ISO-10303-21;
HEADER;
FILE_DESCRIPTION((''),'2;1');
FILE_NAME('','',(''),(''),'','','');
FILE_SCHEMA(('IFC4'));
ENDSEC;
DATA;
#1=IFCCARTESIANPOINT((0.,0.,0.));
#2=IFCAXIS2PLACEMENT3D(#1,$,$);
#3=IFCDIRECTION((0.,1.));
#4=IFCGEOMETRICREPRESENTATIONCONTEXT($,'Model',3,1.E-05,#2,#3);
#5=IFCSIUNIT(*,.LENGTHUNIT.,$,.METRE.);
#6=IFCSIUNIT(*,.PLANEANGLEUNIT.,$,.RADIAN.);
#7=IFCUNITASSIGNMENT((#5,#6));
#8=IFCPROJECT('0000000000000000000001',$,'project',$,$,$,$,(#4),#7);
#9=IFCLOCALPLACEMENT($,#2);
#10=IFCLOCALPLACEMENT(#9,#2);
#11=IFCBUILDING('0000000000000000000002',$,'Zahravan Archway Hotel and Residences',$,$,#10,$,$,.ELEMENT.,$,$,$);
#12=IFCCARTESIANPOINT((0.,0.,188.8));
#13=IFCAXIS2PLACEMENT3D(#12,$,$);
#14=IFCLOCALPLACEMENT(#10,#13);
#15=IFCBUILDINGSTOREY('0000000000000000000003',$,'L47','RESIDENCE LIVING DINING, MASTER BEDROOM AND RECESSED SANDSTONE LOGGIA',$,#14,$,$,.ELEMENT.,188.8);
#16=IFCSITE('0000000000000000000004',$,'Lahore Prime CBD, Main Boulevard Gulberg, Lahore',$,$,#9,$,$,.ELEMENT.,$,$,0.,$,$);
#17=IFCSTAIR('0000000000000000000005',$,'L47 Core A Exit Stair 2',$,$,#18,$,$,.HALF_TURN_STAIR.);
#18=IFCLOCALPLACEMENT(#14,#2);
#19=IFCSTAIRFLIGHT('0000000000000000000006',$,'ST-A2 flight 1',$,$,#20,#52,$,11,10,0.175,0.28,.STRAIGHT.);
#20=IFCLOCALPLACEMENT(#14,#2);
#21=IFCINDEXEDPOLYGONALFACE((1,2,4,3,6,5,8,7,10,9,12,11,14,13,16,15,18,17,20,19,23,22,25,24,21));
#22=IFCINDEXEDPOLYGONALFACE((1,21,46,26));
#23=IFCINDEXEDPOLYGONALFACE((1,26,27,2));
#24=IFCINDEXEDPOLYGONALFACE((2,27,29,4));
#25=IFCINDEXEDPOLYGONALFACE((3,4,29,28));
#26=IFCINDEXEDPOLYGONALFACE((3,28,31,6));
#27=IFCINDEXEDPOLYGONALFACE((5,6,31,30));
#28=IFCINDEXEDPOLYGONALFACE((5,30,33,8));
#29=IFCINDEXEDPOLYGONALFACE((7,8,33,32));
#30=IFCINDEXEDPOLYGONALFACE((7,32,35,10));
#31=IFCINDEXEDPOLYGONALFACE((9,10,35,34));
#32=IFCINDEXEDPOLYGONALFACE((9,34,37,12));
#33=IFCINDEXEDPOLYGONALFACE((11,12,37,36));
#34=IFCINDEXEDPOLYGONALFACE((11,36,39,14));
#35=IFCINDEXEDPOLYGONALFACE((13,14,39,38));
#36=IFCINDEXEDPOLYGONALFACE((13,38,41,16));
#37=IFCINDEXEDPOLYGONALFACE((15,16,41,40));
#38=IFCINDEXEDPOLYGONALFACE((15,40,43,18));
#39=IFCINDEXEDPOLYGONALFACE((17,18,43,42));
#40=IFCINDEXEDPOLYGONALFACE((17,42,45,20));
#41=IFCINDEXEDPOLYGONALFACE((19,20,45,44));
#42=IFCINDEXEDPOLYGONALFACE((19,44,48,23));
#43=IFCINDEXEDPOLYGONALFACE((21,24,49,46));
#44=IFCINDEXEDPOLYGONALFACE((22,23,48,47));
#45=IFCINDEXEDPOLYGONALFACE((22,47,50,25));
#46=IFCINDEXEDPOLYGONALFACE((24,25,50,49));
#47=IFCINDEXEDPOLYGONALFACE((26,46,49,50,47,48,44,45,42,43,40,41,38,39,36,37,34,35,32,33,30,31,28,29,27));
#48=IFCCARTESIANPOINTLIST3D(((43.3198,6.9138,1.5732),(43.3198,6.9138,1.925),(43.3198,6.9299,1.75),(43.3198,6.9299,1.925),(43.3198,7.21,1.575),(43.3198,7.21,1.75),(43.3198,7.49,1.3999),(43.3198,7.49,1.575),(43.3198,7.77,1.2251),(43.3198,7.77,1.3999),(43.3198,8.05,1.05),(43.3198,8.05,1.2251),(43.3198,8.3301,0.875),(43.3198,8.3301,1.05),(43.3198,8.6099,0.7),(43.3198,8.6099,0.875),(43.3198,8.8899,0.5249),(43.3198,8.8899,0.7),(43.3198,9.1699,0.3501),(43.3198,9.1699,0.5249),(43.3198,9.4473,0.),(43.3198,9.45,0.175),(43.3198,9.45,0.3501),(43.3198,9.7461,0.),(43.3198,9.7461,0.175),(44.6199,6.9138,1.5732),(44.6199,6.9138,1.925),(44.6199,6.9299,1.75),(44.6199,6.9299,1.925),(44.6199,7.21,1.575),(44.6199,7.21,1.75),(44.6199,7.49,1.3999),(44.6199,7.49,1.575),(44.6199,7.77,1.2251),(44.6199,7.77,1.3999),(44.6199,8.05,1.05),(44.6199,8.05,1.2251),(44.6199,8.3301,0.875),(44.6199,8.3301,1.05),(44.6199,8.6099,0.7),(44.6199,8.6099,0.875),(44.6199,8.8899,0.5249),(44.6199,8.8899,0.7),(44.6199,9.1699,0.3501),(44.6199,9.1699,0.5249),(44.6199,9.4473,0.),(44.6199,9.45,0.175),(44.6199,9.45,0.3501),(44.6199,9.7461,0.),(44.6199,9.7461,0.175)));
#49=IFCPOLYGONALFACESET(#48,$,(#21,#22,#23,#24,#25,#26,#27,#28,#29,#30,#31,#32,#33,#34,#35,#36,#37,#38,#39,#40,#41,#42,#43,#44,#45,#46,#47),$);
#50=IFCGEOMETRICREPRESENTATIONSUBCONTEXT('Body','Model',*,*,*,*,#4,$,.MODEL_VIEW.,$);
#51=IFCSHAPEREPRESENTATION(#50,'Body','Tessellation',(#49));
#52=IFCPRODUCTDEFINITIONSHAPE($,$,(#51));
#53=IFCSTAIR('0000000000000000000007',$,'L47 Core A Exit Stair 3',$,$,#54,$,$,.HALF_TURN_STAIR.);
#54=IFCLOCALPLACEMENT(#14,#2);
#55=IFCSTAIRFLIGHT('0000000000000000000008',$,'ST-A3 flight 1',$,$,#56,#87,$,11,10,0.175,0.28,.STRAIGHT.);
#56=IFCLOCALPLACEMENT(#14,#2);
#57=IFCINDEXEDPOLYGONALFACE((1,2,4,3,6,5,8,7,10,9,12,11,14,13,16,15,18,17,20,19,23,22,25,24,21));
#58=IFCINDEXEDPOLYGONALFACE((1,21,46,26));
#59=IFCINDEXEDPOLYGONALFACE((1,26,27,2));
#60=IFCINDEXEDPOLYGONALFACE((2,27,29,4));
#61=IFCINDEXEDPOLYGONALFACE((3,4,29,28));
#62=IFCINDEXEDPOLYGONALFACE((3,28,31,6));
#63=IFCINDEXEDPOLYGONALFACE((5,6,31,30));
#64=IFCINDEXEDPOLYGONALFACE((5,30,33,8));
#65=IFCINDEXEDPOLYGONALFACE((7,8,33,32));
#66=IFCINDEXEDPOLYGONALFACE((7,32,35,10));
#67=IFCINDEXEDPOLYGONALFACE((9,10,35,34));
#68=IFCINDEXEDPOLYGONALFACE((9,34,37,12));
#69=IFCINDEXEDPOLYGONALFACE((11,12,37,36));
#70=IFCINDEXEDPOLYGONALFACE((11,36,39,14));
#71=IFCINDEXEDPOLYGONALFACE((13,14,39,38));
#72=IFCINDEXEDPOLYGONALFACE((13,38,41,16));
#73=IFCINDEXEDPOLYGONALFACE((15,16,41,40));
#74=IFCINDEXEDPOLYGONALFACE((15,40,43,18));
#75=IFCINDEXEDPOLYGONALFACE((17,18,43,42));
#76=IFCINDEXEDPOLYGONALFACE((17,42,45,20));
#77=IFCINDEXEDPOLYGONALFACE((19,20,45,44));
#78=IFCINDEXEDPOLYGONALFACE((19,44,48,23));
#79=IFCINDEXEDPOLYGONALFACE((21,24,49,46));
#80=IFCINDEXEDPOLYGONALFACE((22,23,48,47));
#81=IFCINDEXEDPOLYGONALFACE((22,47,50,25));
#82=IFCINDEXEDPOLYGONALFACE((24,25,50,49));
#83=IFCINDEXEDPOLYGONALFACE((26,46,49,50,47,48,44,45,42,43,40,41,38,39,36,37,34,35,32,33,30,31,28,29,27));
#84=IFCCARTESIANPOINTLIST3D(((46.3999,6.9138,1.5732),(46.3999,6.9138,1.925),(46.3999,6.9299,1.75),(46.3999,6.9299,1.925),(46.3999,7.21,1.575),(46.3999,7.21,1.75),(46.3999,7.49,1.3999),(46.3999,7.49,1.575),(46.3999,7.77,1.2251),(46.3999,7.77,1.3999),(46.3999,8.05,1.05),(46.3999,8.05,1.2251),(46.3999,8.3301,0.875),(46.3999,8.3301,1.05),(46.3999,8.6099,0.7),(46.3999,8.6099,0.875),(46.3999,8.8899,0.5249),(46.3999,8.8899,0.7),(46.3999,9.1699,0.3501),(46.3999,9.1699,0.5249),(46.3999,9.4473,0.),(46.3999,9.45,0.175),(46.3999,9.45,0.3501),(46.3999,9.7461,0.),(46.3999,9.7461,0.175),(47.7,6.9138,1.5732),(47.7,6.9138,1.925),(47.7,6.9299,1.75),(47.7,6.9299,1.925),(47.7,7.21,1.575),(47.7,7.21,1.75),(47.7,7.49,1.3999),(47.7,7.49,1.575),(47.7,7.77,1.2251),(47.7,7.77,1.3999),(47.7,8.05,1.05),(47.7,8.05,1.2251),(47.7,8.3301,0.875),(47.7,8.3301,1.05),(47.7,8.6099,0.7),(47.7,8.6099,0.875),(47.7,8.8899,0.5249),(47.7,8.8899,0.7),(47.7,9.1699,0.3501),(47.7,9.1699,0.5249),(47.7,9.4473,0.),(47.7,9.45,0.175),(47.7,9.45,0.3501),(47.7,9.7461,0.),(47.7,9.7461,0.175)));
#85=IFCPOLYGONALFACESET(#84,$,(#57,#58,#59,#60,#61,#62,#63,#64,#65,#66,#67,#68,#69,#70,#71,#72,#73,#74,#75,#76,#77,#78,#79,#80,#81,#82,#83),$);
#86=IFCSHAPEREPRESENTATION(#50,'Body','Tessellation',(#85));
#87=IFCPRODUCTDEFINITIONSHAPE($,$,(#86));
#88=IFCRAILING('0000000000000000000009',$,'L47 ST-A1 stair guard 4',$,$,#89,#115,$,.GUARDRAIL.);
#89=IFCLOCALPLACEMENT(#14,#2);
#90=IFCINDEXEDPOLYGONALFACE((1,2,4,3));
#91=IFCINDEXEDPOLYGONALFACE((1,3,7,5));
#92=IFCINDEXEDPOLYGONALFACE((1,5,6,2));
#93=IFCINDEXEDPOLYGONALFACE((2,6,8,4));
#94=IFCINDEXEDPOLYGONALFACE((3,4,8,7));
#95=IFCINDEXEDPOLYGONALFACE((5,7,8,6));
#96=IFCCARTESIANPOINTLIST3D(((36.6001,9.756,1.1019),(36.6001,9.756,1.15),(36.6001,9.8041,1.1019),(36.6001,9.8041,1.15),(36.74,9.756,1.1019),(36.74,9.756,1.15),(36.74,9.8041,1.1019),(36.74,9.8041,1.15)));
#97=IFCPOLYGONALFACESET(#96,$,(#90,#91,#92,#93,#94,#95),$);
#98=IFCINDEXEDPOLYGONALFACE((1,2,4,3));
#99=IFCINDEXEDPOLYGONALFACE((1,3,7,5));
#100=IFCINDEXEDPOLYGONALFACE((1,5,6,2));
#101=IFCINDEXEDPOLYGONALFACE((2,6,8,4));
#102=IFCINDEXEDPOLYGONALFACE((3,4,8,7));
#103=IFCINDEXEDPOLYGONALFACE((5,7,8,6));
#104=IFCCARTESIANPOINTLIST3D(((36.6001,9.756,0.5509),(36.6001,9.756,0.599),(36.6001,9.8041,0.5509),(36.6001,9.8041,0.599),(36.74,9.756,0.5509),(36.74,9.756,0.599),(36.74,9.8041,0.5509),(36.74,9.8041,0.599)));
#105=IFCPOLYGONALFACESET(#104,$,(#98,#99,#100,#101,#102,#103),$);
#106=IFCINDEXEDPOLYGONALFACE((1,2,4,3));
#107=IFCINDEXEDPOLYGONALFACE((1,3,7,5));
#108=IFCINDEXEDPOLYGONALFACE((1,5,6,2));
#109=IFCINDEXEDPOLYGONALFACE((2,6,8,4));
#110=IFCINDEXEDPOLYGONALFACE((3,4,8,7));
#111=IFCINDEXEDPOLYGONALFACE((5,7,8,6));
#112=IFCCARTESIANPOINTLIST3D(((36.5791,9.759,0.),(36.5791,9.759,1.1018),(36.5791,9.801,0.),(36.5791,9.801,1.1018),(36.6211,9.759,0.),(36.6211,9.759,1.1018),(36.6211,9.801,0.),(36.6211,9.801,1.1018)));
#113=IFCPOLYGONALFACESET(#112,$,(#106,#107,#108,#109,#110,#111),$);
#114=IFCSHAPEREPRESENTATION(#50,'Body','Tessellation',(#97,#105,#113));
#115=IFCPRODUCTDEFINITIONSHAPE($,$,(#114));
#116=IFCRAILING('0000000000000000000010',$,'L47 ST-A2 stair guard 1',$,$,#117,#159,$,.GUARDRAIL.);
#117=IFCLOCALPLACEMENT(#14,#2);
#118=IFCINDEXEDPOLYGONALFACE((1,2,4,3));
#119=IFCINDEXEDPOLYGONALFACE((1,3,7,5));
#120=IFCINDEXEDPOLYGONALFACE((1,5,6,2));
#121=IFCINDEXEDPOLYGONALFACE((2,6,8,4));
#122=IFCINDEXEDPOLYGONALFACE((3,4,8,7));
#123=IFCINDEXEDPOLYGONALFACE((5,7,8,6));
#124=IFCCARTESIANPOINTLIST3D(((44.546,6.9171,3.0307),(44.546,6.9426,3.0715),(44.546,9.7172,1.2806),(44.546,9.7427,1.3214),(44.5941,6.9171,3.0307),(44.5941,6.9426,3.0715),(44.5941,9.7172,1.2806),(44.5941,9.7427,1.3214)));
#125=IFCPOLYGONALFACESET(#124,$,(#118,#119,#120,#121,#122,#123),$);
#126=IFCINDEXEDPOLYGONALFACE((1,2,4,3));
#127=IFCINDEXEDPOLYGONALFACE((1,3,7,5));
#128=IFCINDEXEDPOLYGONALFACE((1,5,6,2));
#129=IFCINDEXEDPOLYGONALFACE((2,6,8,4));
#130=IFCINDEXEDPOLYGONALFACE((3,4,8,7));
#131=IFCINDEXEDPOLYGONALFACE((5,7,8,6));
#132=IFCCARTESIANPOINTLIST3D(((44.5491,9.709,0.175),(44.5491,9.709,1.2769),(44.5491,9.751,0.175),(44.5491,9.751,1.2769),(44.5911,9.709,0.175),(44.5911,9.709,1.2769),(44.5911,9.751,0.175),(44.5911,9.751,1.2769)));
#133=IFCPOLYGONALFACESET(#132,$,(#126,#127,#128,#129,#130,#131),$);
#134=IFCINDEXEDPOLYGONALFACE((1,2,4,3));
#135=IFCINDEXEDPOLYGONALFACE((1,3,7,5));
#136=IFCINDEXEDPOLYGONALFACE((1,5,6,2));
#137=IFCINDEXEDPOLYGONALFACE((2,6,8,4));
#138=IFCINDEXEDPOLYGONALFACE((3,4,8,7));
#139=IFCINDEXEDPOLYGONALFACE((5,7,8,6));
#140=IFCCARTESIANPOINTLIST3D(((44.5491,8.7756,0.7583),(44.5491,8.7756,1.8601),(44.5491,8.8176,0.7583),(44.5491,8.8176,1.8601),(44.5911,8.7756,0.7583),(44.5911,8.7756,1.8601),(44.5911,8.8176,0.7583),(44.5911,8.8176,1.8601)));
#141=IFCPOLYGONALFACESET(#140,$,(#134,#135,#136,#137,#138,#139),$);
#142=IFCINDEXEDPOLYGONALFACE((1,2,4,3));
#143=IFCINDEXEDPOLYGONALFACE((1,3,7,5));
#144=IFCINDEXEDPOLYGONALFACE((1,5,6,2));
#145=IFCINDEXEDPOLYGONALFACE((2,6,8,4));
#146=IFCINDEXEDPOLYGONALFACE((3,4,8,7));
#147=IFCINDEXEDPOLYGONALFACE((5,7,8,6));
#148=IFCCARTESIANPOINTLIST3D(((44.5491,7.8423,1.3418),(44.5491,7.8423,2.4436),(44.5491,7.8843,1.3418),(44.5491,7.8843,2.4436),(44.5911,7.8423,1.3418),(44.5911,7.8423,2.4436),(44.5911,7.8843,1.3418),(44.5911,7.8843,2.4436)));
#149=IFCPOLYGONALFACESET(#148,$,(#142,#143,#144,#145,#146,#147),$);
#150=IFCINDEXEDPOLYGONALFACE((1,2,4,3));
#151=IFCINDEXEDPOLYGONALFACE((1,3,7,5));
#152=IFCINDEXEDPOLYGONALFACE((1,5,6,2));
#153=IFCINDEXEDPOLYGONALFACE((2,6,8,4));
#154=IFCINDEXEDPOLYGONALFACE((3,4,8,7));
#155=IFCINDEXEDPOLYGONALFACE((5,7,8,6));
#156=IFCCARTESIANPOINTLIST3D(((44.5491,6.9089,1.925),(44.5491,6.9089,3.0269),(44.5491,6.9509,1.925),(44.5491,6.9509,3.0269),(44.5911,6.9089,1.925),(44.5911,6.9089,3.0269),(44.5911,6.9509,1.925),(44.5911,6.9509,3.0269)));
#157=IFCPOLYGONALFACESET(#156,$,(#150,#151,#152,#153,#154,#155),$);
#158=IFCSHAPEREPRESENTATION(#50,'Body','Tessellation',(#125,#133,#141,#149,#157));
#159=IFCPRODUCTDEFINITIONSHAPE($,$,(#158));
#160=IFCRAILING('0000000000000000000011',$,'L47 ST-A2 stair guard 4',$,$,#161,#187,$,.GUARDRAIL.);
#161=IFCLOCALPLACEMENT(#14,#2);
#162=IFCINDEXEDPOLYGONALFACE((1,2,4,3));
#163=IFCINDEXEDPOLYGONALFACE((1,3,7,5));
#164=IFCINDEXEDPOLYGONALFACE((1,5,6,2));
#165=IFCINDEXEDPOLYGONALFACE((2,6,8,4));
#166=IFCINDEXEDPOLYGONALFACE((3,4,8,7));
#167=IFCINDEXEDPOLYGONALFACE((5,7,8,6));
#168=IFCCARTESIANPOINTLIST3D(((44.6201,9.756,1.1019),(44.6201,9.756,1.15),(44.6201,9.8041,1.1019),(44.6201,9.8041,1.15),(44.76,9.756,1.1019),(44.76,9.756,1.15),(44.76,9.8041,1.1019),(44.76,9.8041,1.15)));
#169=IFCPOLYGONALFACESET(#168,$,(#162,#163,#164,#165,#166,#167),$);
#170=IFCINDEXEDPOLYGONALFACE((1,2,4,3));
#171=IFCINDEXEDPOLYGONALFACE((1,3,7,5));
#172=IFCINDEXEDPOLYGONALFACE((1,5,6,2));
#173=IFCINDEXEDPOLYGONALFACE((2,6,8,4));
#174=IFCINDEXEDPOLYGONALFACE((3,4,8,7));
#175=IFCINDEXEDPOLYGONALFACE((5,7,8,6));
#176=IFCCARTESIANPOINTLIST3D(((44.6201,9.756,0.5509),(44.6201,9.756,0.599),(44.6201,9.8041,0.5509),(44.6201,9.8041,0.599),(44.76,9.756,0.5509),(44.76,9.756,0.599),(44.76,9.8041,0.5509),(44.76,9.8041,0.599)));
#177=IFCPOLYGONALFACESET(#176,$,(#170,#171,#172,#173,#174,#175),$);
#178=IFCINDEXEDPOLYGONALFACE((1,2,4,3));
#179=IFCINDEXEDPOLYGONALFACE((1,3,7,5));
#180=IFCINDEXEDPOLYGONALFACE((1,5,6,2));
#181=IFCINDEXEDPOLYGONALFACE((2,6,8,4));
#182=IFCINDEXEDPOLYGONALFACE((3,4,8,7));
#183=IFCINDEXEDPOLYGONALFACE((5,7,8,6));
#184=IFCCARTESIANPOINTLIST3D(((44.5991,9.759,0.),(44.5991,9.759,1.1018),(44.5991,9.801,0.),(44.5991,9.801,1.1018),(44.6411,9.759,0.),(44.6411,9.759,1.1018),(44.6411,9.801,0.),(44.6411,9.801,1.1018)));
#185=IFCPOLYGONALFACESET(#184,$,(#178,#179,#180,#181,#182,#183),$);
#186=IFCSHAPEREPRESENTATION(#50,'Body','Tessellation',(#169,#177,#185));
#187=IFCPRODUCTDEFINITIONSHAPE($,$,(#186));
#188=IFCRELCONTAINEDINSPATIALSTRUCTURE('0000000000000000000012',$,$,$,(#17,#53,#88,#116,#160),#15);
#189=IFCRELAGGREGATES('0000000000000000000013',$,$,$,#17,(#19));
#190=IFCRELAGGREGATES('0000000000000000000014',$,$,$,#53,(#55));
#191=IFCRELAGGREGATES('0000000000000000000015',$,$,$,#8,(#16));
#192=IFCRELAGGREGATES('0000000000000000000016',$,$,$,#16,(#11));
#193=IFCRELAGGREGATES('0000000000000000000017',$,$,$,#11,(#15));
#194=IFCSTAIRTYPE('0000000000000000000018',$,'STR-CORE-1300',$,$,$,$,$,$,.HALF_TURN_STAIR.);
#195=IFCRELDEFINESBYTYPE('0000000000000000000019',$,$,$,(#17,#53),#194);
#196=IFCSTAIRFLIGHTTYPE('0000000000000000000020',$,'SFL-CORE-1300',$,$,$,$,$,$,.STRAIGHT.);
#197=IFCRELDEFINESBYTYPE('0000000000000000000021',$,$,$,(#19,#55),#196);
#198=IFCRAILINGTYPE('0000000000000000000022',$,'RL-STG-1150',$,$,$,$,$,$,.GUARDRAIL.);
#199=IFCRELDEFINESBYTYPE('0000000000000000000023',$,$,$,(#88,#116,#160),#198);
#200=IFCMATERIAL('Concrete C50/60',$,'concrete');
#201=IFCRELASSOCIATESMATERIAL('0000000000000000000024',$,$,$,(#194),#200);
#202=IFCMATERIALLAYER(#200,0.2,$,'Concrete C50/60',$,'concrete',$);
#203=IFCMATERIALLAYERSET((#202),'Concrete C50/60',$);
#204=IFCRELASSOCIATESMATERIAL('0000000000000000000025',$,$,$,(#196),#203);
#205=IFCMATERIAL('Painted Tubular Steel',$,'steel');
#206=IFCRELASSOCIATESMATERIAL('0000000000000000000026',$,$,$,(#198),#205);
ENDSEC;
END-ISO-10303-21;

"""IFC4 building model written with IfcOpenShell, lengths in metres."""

from ifc_helpers import new_model, si_unit, direction, frame, origin, origin_2d, place, context, subcontext, project, spatial, polyline, rectangle, outline, extrude, source, transform, mapped, material, layer, layer_set, type_object, element, aggregate, save


model = new_model("IFC4")

# Units and contexts
model_context = context("Model", 3, precision=1e-05, world=origin(), true_north=direction((0.0, 1.0)))
body_context = subcontext(model_context, "Body", "Model", "MODEL_VIEW")
ifc_project = project(units=[si_unit("LENGTHUNIT", "METRE"), si_unit("PLANEANGLEUNIT", "RADIAN")], contexts=[model_context])

# Site, building, storey
site_placement = place(None, origin())
site = spatial("IfcSite", under=ifc_project, at=site_placement, Name="Lahore Prime CBD, Main Boulevard Gulberg, Lahore", CompositionType="ELEMENT", RefElevation=0.0)
building_placement = place(site_placement, origin())
building = spatial("IfcBuilding", under=site, at=building_placement, Name="Zahravan Archway Hotel and Residences", CompositionType="ELEMENT")
storey_placement = place(building_placement, frame((0.0, 0.0, 188.8)))
storey = spatial("IfcBuildingStorey", under=building, at=storey_placement, Name="L47", Description="RESIDENCE LIVING DINING, MASTER BEDROOM AND RECESSED SANDSTONE LOGGIA", CompositionType="ELEMENT", Elevation=188.8)

# Shared definitions
ifc_material_1 = material(Name="Concrete C50/60", Category="concrete")

# Stairs, stair flights
stair_type = type_object("IfcStairType", Name="STR-CORE-1300", PredefinedType="HALF_TURN_STAIR", material=ifc_material_1)
stair_1_placement = place(storey_placement, origin())
stair_1 = element("IfcStair", 1, at=stair_1_placement, inside=storey, type_object=stair_type, Name="L47 Core A Exit Stair 2", PredefinedType="HALF_TURN_STAIR")
ifc_layer_1 = layer(ifc_material_1, 0.2, Name="Concrete C50/60", Category="concrete")
ifc_layer_set_1 = layer_set([ifc_layer_1], Name="Concrete C50/60")
stair_flight_type = type_object("IfcStairFlightType", Name="SFL-CORE-1300", PredefinedType="STRAIGHT", material=ifc_layer_set_1)
shared_shape_1 = source(origin(), body_context, "Body", "SweptSolid", [
    extrude(outline(polyline([(-0.0161, 0.0), (-0.0161, 0.175), (0.28, 0.175), (0.28, 0.3501), (0.5601, 0.3501), (0.5601, 0.5249), (0.8401, 0.5249), (0.8401, 0.7), (1.1201, 0.7), (1.1201, 0.875), (1.3999, 0.875), (1.3999, 1.05), (1.6799, 1.05), (1.6799, 1.2251), (1.96, 1.2251), (1.96, 1.3999), (2.24, 1.3999), (2.24, 1.575), (2.52, 1.575), (2.52, 1.75), (2.8, 1.75), (2.8, 1.925), (2.8162, 1.925), (2.8162, 1.5732), (0.2827, 0.0), (-0.0161, 0.0)])), frame((0.0, 0.6499, 0.0), z_axis=(0.0, -1.0, 0.0), x_axis=(1.0, 0.0, 0.0)), (0.0, 0.0, 1.0), 1.3),
])
stair_flight_1_placement = place(storey_placement, frame((43.97, 9.73, 0.0), z_axis=(0.0, 0.0, 1.0), x_axis=(0.0, -1.0, 0.0)))
stair_flight_1 = element("IfcStairFlight", 2, at=stair_flight_1_placement, type_object=stair_flight_type, Name="ST-A2 flight 1", NumberOfRisers=11, NumberOfTreads=10, PredefinedType="STRAIGHT", RiserHeight=0.175, TreadLength=0.28, context=body_context, shape_type="MappedRepresentation", body=[
    mapped(shared_shape_1, transform((0.0, 0.0, 0.0), scale=1.0)),
])
aggregate(stair_1, [stair_flight_1])
stair_2_placement = place(storey_placement, origin())
stair_2 = element("IfcStair", 3, at=stair_2_placement, inside=storey, type_object=stair_type, Name="L47 Core A Exit Stair 3", PredefinedType="HALF_TURN_STAIR")
stair_flight_2_placement = place(storey_placement, frame((47.05, 9.73, 0.0), z_axis=(0.0, 0.0, 1.0), x_axis=(0.0, -1.0, 0.0)))
stair_flight_2 = element("IfcStairFlight", 4, at=stair_flight_2_placement, type_object=stair_flight_type, Name="ST-A3 flight 1", NumberOfRisers=11, NumberOfTreads=10, PredefinedType="STRAIGHT", RiserHeight=0.175, TreadLength=0.28, context=body_context, shape_type="MappedRepresentation", body=[
    mapped(shared_shape_1, transform((0.0, 0.0, 0.0), scale=1.0)),
])
aggregate(stair_2, [stair_flight_2])

# Railings
ifc_material_2 = material(Name="Painted Tubular Steel", Category="steel")
railing_type_1 = type_object("IfcRailingType", Name="RL-STG-1150", PredefinedType="GUARDRAIL", material=ifc_material_2)
railing_1_placement = place(storey_placement, frame((36.6001, 9.78, 0.0)))
element("IfcRailing", 5, at=railing_1_placement, inside=storey, type_object=railing_type_1, Name="L47 ST-A1 stair guard 4", PredefinedType="GUARDRAIL", context=body_context, shape_type="SweptSolid", body=[
    extrude(rectangle(XDim=0.0481, YDim=0.0481, at=origin_2d()), frame((0.0, 0.0, 1.126), z_axis=(1.0, 0.0, 0.0), x_axis=(0.0, 1.0, 0.0)), (0.0, 0.0, 1.0), 0.1399),
    extrude(rectangle(XDim=0.0481, YDim=0.0481, at=origin_2d()), frame((0.0, 0.0, 0.575), z_axis=(1.0, 0.0, 0.0), x_axis=(0.0, 1.0, 0.0)), (0.0, 0.0, 1.0), 0.1399),
    extrude(rectangle(XDim=0.042, YDim=0.042, at=origin_2d()), origin(), (0.0, 0.0, 1.0), 1.1018),
])
railing_2_placement = place(storey_placement, frame((44.5701, 9.73, 0.175)))
element("IfcRailing", 6, at=railing_2_placement, inside=storey, type_object=railing_type_1, Name="L47 ST-A2 stair guard 1", PredefinedType="GUARDRAIL", context=body_context, shape_type="SweptSolid", body=[
    extrude(rectangle(XDim=0.0481, YDim=0.0481, at=origin_2d()), frame((0.0, 0.0, 1.126), z_axis=(0.0, -0.848002, 0.529992), x_axis=(1.0, 0.0, 0.0)), (0.0, 0.0, 1.0), 3.302),
    extrude(rectangle(XDim=0.042, YDim=0.042, at=origin_2d()), origin(), (0.0, 0.0, 1.0), 1.1018),
    extrude(rectangle(XDim=0.042, YDim=0.042, at=origin_2d()), frame((0.0, -0.9333, 0.5833)), (0.0, 0.0, 1.0), 1.1018),
    extrude(rectangle(XDim=0.042, YDim=0.042, at=origin_2d()), frame((0.0, -1.8667, 1.1667)), (0.0, 0.0, 1.0), 1.1018),
    extrude(rectangle(XDim=0.042, YDim=0.042, at=origin_2d()), frame((0.0, -2.8, 1.75)), (0.0, 0.0, 1.0), 1.1018),
])
railing_3_placement = place(storey_placement, frame((44.6201, 9.78, 0.0)))
element("IfcRailing", 7, at=railing_3_placement, inside=storey, type_object=railing_type_1, Name="L47 ST-A2 stair guard 4", PredefinedType="GUARDRAIL", context=body_context, shape_type="SweptSolid", body=[
    extrude(rectangle(XDim=0.0481, YDim=0.0481, at=origin_2d()), frame((0.0, 0.0, 1.126), z_axis=(1.0, 0.0, 0.0), x_axis=(0.0, 1.0, 0.0)), (0.0, 0.0, 1.0), 0.1399),
    extrude(rectangle(XDim=0.0481, YDim=0.0481, at=origin_2d()), frame((0.0, 0.0, 0.575), z_axis=(1.0, 0.0, 0.0), x_axis=(0.0, 1.0, 0.0)), (0.0, 0.0, 1.0), 0.1399),
    extrude(rectangle(XDim=0.042, YDim=0.042, at=origin_2d()), origin(), (0.0, 0.0, 1.0), 1.1018),
])

save(model, "model.ifc")
